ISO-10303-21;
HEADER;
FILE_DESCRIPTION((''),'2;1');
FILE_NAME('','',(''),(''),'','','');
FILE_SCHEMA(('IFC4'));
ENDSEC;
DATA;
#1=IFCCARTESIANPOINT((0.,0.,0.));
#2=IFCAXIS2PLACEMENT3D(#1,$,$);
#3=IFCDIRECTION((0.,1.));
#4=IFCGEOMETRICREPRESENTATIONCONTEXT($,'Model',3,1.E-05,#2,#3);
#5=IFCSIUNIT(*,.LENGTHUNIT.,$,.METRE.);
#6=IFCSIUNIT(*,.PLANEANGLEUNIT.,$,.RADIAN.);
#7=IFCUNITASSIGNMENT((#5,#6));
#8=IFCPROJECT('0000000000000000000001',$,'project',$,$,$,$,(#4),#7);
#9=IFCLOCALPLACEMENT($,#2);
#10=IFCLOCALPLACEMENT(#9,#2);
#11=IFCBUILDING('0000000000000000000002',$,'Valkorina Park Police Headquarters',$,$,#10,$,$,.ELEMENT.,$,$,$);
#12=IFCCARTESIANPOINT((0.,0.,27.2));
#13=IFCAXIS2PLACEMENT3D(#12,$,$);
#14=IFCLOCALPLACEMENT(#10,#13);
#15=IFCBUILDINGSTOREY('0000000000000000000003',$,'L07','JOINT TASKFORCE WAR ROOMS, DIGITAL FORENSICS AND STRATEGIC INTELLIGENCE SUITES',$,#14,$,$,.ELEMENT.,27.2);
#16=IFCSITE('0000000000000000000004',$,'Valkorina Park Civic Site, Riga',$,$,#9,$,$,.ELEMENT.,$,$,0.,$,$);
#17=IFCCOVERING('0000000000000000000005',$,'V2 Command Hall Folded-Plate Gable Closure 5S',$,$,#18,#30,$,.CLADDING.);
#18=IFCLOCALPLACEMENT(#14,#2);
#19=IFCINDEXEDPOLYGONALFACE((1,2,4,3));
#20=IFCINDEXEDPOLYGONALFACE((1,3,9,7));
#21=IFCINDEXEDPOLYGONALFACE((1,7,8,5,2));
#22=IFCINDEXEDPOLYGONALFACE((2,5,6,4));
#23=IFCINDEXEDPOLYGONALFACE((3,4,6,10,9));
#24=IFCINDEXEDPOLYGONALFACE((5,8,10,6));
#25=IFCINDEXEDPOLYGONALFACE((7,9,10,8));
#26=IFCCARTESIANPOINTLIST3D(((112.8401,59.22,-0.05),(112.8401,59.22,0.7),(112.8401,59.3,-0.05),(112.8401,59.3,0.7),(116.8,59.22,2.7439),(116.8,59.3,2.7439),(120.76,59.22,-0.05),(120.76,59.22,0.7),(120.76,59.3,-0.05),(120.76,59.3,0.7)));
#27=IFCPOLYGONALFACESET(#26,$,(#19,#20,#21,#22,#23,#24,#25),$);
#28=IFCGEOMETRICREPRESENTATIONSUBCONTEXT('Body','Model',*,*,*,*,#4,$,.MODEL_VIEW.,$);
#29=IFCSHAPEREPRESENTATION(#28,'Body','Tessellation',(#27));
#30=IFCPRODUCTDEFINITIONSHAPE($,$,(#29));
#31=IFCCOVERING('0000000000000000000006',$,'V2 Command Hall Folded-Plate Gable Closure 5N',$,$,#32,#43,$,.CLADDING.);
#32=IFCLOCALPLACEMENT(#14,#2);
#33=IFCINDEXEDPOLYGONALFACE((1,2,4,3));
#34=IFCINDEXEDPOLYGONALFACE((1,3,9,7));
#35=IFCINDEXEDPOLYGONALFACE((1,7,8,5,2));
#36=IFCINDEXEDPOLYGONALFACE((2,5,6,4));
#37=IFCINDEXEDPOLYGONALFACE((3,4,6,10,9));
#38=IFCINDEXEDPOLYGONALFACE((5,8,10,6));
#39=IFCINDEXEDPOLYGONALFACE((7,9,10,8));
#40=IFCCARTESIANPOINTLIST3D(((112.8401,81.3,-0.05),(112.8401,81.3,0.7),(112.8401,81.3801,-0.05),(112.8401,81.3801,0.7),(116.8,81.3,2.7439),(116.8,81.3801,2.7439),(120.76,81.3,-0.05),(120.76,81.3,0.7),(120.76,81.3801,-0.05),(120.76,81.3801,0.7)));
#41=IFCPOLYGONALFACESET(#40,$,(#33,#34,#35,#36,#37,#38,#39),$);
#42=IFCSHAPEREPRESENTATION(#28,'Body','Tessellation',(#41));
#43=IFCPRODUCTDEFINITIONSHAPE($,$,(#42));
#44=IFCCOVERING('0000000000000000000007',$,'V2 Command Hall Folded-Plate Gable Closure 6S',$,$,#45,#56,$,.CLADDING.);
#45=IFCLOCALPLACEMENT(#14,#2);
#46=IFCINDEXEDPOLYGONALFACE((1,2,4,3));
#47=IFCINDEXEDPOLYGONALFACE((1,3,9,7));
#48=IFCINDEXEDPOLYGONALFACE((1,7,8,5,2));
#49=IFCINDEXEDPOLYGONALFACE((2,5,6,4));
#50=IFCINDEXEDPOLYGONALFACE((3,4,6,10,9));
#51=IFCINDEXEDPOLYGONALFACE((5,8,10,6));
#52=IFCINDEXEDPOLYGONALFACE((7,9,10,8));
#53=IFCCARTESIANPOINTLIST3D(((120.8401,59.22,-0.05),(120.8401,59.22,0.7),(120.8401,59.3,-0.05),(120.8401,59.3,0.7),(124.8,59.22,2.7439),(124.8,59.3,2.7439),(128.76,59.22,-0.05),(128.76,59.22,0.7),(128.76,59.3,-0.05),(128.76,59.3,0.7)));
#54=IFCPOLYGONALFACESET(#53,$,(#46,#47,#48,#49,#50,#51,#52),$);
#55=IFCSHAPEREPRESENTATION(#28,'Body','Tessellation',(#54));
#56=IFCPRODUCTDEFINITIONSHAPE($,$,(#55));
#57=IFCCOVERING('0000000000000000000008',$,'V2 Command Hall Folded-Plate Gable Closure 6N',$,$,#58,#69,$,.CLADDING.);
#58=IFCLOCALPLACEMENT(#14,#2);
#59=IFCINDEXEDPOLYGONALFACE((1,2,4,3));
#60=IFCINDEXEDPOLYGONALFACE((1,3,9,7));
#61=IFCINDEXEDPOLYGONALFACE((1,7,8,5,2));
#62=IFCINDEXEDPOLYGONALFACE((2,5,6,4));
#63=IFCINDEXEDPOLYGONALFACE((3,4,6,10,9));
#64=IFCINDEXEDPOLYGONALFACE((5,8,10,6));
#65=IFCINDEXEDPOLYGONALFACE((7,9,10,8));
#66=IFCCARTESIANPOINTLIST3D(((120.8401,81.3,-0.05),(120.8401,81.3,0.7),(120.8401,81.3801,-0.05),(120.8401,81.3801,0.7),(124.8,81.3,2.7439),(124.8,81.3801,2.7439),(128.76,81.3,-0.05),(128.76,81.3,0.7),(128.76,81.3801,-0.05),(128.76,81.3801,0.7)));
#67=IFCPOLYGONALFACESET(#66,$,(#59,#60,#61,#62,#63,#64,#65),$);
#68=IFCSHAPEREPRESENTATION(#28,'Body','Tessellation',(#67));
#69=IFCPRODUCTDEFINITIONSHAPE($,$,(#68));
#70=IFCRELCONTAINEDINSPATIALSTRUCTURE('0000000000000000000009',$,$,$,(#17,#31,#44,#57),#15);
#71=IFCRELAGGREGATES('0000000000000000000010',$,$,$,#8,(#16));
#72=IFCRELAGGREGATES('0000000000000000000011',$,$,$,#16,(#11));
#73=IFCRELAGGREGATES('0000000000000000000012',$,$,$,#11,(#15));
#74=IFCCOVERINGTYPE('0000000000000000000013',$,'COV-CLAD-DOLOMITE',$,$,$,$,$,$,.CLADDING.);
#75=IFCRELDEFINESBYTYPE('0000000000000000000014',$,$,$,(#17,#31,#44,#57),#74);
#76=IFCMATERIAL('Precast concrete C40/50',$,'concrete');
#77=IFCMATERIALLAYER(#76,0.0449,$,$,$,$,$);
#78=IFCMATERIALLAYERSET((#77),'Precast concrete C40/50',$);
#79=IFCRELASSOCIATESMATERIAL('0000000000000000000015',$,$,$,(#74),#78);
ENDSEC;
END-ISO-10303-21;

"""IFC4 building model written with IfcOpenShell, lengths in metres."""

from ifc_helpers import new_model, si_unit, direction, frame, origin, place, context, subcontext, project, spatial, polyline, outline, extrude, material, layer, layer_set, type_object, element, save


model = new_model("IFC4")

# Units and contexts
model_context = context("Model", 3, precision=1e-05, world=origin(), true_north=direction((0.0, 1.0)))
body_context = subcontext(model_context, "Body", "Model", "MODEL_VIEW")
ifc_project = project(units=[si_unit("LENGTHUNIT", "METRE"), si_unit("PLANEANGLEUNIT", "RADIAN")], contexts=[model_context])

# Site, building, storey
site_placement = place(None, origin())
site = spatial("IfcSite", under=ifc_project, at=site_placement, Name="Valkorina Park Civic Site, Riga", CompositionType="ELEMENT", RefElevation=0.0)
building_placement = place(site_placement, origin())
building = spatial("IfcBuilding", under=site, at=building_placement, Name="Valkorina Park Police Headquarters", CompositionType="ELEMENT")
storey_placement = place(building_placement, frame((0.0, 0.0, 27.2)))
storey = spatial("IfcBuildingStorey", under=building, at=storey_placement, Name="L07", Description="JOINT TASKFORCE WAR ROOMS, DIGITAL FORENSICS AND STRATEGIC INTELLIGENCE SUITES", CompositionType="ELEMENT", Elevation=27.2)

# Coverings
ifc_material_1 = material(Name="Precast concrete C40/50", Category="concrete")
ifc_layer_1 = layer(ifc_material_1, 0.0449)
ifc_layer_set_1 = layer_set([ifc_layer_1], Name="Precast concrete C40/50")
covering_type = type_object("IfcCoveringType", Name="COV-CLAD-DOLOMITE", PredefinedType="CLADDING", material=ifc_layer_set_1)
for number, where, z_axis, x_axis, name in (
    (1, (112.8401, 59.26, -0.05), (0.0, 0.0, 1.0), (1.0, 0.0, 0.0), "V2 Command Hall Folded-Plate Gable Closure 5S"),
    (2, (112.8401, 81.3401, -0.05), (0.0, 0.0, 1.0), (1.0, 0.0, 0.0), "V2 Command Hall Folded-Plate Gable Closure 5N"),
    (3, (120.8401, 59.26, -0.05), (0.0, 0.0, 1.0), (1.0, 0.0, 0.0), "V2 Command Hall Folded-Plate Gable Closure 6S"),
    (4, (120.8401, 81.3401, -0.05), (0.0, 0.0, 1.0), (1.0, 0.0, 0.0), "V2 Command Hall Folded-Plate Gable Closure 6N"),
):
    element("IfcCovering", number, at=place(storey_placement, frame(where, z_axis=z_axis, x_axis=x_axis)), inside=storey, type_object=covering_type, Name=name, PredefinedType="CLADDING", context=body_context, shape_type="SweptSolid", body=[
        extrude(outline(polyline([(0.0, 0.0), (7.9199, 0.0), (7.9199, 0.75), (3.96, 2.7939), (0.0, 0.75), (0.0, 0.0)])), frame((0.0, 0.04, 0.0), z_axis=(0.0, -1.0, 0.0), x_axis=(1.0, 0.0, 0.0)), (0.0, 0.0, 1.0), 0.0801),
    ])

save(model, "model.ifc")
